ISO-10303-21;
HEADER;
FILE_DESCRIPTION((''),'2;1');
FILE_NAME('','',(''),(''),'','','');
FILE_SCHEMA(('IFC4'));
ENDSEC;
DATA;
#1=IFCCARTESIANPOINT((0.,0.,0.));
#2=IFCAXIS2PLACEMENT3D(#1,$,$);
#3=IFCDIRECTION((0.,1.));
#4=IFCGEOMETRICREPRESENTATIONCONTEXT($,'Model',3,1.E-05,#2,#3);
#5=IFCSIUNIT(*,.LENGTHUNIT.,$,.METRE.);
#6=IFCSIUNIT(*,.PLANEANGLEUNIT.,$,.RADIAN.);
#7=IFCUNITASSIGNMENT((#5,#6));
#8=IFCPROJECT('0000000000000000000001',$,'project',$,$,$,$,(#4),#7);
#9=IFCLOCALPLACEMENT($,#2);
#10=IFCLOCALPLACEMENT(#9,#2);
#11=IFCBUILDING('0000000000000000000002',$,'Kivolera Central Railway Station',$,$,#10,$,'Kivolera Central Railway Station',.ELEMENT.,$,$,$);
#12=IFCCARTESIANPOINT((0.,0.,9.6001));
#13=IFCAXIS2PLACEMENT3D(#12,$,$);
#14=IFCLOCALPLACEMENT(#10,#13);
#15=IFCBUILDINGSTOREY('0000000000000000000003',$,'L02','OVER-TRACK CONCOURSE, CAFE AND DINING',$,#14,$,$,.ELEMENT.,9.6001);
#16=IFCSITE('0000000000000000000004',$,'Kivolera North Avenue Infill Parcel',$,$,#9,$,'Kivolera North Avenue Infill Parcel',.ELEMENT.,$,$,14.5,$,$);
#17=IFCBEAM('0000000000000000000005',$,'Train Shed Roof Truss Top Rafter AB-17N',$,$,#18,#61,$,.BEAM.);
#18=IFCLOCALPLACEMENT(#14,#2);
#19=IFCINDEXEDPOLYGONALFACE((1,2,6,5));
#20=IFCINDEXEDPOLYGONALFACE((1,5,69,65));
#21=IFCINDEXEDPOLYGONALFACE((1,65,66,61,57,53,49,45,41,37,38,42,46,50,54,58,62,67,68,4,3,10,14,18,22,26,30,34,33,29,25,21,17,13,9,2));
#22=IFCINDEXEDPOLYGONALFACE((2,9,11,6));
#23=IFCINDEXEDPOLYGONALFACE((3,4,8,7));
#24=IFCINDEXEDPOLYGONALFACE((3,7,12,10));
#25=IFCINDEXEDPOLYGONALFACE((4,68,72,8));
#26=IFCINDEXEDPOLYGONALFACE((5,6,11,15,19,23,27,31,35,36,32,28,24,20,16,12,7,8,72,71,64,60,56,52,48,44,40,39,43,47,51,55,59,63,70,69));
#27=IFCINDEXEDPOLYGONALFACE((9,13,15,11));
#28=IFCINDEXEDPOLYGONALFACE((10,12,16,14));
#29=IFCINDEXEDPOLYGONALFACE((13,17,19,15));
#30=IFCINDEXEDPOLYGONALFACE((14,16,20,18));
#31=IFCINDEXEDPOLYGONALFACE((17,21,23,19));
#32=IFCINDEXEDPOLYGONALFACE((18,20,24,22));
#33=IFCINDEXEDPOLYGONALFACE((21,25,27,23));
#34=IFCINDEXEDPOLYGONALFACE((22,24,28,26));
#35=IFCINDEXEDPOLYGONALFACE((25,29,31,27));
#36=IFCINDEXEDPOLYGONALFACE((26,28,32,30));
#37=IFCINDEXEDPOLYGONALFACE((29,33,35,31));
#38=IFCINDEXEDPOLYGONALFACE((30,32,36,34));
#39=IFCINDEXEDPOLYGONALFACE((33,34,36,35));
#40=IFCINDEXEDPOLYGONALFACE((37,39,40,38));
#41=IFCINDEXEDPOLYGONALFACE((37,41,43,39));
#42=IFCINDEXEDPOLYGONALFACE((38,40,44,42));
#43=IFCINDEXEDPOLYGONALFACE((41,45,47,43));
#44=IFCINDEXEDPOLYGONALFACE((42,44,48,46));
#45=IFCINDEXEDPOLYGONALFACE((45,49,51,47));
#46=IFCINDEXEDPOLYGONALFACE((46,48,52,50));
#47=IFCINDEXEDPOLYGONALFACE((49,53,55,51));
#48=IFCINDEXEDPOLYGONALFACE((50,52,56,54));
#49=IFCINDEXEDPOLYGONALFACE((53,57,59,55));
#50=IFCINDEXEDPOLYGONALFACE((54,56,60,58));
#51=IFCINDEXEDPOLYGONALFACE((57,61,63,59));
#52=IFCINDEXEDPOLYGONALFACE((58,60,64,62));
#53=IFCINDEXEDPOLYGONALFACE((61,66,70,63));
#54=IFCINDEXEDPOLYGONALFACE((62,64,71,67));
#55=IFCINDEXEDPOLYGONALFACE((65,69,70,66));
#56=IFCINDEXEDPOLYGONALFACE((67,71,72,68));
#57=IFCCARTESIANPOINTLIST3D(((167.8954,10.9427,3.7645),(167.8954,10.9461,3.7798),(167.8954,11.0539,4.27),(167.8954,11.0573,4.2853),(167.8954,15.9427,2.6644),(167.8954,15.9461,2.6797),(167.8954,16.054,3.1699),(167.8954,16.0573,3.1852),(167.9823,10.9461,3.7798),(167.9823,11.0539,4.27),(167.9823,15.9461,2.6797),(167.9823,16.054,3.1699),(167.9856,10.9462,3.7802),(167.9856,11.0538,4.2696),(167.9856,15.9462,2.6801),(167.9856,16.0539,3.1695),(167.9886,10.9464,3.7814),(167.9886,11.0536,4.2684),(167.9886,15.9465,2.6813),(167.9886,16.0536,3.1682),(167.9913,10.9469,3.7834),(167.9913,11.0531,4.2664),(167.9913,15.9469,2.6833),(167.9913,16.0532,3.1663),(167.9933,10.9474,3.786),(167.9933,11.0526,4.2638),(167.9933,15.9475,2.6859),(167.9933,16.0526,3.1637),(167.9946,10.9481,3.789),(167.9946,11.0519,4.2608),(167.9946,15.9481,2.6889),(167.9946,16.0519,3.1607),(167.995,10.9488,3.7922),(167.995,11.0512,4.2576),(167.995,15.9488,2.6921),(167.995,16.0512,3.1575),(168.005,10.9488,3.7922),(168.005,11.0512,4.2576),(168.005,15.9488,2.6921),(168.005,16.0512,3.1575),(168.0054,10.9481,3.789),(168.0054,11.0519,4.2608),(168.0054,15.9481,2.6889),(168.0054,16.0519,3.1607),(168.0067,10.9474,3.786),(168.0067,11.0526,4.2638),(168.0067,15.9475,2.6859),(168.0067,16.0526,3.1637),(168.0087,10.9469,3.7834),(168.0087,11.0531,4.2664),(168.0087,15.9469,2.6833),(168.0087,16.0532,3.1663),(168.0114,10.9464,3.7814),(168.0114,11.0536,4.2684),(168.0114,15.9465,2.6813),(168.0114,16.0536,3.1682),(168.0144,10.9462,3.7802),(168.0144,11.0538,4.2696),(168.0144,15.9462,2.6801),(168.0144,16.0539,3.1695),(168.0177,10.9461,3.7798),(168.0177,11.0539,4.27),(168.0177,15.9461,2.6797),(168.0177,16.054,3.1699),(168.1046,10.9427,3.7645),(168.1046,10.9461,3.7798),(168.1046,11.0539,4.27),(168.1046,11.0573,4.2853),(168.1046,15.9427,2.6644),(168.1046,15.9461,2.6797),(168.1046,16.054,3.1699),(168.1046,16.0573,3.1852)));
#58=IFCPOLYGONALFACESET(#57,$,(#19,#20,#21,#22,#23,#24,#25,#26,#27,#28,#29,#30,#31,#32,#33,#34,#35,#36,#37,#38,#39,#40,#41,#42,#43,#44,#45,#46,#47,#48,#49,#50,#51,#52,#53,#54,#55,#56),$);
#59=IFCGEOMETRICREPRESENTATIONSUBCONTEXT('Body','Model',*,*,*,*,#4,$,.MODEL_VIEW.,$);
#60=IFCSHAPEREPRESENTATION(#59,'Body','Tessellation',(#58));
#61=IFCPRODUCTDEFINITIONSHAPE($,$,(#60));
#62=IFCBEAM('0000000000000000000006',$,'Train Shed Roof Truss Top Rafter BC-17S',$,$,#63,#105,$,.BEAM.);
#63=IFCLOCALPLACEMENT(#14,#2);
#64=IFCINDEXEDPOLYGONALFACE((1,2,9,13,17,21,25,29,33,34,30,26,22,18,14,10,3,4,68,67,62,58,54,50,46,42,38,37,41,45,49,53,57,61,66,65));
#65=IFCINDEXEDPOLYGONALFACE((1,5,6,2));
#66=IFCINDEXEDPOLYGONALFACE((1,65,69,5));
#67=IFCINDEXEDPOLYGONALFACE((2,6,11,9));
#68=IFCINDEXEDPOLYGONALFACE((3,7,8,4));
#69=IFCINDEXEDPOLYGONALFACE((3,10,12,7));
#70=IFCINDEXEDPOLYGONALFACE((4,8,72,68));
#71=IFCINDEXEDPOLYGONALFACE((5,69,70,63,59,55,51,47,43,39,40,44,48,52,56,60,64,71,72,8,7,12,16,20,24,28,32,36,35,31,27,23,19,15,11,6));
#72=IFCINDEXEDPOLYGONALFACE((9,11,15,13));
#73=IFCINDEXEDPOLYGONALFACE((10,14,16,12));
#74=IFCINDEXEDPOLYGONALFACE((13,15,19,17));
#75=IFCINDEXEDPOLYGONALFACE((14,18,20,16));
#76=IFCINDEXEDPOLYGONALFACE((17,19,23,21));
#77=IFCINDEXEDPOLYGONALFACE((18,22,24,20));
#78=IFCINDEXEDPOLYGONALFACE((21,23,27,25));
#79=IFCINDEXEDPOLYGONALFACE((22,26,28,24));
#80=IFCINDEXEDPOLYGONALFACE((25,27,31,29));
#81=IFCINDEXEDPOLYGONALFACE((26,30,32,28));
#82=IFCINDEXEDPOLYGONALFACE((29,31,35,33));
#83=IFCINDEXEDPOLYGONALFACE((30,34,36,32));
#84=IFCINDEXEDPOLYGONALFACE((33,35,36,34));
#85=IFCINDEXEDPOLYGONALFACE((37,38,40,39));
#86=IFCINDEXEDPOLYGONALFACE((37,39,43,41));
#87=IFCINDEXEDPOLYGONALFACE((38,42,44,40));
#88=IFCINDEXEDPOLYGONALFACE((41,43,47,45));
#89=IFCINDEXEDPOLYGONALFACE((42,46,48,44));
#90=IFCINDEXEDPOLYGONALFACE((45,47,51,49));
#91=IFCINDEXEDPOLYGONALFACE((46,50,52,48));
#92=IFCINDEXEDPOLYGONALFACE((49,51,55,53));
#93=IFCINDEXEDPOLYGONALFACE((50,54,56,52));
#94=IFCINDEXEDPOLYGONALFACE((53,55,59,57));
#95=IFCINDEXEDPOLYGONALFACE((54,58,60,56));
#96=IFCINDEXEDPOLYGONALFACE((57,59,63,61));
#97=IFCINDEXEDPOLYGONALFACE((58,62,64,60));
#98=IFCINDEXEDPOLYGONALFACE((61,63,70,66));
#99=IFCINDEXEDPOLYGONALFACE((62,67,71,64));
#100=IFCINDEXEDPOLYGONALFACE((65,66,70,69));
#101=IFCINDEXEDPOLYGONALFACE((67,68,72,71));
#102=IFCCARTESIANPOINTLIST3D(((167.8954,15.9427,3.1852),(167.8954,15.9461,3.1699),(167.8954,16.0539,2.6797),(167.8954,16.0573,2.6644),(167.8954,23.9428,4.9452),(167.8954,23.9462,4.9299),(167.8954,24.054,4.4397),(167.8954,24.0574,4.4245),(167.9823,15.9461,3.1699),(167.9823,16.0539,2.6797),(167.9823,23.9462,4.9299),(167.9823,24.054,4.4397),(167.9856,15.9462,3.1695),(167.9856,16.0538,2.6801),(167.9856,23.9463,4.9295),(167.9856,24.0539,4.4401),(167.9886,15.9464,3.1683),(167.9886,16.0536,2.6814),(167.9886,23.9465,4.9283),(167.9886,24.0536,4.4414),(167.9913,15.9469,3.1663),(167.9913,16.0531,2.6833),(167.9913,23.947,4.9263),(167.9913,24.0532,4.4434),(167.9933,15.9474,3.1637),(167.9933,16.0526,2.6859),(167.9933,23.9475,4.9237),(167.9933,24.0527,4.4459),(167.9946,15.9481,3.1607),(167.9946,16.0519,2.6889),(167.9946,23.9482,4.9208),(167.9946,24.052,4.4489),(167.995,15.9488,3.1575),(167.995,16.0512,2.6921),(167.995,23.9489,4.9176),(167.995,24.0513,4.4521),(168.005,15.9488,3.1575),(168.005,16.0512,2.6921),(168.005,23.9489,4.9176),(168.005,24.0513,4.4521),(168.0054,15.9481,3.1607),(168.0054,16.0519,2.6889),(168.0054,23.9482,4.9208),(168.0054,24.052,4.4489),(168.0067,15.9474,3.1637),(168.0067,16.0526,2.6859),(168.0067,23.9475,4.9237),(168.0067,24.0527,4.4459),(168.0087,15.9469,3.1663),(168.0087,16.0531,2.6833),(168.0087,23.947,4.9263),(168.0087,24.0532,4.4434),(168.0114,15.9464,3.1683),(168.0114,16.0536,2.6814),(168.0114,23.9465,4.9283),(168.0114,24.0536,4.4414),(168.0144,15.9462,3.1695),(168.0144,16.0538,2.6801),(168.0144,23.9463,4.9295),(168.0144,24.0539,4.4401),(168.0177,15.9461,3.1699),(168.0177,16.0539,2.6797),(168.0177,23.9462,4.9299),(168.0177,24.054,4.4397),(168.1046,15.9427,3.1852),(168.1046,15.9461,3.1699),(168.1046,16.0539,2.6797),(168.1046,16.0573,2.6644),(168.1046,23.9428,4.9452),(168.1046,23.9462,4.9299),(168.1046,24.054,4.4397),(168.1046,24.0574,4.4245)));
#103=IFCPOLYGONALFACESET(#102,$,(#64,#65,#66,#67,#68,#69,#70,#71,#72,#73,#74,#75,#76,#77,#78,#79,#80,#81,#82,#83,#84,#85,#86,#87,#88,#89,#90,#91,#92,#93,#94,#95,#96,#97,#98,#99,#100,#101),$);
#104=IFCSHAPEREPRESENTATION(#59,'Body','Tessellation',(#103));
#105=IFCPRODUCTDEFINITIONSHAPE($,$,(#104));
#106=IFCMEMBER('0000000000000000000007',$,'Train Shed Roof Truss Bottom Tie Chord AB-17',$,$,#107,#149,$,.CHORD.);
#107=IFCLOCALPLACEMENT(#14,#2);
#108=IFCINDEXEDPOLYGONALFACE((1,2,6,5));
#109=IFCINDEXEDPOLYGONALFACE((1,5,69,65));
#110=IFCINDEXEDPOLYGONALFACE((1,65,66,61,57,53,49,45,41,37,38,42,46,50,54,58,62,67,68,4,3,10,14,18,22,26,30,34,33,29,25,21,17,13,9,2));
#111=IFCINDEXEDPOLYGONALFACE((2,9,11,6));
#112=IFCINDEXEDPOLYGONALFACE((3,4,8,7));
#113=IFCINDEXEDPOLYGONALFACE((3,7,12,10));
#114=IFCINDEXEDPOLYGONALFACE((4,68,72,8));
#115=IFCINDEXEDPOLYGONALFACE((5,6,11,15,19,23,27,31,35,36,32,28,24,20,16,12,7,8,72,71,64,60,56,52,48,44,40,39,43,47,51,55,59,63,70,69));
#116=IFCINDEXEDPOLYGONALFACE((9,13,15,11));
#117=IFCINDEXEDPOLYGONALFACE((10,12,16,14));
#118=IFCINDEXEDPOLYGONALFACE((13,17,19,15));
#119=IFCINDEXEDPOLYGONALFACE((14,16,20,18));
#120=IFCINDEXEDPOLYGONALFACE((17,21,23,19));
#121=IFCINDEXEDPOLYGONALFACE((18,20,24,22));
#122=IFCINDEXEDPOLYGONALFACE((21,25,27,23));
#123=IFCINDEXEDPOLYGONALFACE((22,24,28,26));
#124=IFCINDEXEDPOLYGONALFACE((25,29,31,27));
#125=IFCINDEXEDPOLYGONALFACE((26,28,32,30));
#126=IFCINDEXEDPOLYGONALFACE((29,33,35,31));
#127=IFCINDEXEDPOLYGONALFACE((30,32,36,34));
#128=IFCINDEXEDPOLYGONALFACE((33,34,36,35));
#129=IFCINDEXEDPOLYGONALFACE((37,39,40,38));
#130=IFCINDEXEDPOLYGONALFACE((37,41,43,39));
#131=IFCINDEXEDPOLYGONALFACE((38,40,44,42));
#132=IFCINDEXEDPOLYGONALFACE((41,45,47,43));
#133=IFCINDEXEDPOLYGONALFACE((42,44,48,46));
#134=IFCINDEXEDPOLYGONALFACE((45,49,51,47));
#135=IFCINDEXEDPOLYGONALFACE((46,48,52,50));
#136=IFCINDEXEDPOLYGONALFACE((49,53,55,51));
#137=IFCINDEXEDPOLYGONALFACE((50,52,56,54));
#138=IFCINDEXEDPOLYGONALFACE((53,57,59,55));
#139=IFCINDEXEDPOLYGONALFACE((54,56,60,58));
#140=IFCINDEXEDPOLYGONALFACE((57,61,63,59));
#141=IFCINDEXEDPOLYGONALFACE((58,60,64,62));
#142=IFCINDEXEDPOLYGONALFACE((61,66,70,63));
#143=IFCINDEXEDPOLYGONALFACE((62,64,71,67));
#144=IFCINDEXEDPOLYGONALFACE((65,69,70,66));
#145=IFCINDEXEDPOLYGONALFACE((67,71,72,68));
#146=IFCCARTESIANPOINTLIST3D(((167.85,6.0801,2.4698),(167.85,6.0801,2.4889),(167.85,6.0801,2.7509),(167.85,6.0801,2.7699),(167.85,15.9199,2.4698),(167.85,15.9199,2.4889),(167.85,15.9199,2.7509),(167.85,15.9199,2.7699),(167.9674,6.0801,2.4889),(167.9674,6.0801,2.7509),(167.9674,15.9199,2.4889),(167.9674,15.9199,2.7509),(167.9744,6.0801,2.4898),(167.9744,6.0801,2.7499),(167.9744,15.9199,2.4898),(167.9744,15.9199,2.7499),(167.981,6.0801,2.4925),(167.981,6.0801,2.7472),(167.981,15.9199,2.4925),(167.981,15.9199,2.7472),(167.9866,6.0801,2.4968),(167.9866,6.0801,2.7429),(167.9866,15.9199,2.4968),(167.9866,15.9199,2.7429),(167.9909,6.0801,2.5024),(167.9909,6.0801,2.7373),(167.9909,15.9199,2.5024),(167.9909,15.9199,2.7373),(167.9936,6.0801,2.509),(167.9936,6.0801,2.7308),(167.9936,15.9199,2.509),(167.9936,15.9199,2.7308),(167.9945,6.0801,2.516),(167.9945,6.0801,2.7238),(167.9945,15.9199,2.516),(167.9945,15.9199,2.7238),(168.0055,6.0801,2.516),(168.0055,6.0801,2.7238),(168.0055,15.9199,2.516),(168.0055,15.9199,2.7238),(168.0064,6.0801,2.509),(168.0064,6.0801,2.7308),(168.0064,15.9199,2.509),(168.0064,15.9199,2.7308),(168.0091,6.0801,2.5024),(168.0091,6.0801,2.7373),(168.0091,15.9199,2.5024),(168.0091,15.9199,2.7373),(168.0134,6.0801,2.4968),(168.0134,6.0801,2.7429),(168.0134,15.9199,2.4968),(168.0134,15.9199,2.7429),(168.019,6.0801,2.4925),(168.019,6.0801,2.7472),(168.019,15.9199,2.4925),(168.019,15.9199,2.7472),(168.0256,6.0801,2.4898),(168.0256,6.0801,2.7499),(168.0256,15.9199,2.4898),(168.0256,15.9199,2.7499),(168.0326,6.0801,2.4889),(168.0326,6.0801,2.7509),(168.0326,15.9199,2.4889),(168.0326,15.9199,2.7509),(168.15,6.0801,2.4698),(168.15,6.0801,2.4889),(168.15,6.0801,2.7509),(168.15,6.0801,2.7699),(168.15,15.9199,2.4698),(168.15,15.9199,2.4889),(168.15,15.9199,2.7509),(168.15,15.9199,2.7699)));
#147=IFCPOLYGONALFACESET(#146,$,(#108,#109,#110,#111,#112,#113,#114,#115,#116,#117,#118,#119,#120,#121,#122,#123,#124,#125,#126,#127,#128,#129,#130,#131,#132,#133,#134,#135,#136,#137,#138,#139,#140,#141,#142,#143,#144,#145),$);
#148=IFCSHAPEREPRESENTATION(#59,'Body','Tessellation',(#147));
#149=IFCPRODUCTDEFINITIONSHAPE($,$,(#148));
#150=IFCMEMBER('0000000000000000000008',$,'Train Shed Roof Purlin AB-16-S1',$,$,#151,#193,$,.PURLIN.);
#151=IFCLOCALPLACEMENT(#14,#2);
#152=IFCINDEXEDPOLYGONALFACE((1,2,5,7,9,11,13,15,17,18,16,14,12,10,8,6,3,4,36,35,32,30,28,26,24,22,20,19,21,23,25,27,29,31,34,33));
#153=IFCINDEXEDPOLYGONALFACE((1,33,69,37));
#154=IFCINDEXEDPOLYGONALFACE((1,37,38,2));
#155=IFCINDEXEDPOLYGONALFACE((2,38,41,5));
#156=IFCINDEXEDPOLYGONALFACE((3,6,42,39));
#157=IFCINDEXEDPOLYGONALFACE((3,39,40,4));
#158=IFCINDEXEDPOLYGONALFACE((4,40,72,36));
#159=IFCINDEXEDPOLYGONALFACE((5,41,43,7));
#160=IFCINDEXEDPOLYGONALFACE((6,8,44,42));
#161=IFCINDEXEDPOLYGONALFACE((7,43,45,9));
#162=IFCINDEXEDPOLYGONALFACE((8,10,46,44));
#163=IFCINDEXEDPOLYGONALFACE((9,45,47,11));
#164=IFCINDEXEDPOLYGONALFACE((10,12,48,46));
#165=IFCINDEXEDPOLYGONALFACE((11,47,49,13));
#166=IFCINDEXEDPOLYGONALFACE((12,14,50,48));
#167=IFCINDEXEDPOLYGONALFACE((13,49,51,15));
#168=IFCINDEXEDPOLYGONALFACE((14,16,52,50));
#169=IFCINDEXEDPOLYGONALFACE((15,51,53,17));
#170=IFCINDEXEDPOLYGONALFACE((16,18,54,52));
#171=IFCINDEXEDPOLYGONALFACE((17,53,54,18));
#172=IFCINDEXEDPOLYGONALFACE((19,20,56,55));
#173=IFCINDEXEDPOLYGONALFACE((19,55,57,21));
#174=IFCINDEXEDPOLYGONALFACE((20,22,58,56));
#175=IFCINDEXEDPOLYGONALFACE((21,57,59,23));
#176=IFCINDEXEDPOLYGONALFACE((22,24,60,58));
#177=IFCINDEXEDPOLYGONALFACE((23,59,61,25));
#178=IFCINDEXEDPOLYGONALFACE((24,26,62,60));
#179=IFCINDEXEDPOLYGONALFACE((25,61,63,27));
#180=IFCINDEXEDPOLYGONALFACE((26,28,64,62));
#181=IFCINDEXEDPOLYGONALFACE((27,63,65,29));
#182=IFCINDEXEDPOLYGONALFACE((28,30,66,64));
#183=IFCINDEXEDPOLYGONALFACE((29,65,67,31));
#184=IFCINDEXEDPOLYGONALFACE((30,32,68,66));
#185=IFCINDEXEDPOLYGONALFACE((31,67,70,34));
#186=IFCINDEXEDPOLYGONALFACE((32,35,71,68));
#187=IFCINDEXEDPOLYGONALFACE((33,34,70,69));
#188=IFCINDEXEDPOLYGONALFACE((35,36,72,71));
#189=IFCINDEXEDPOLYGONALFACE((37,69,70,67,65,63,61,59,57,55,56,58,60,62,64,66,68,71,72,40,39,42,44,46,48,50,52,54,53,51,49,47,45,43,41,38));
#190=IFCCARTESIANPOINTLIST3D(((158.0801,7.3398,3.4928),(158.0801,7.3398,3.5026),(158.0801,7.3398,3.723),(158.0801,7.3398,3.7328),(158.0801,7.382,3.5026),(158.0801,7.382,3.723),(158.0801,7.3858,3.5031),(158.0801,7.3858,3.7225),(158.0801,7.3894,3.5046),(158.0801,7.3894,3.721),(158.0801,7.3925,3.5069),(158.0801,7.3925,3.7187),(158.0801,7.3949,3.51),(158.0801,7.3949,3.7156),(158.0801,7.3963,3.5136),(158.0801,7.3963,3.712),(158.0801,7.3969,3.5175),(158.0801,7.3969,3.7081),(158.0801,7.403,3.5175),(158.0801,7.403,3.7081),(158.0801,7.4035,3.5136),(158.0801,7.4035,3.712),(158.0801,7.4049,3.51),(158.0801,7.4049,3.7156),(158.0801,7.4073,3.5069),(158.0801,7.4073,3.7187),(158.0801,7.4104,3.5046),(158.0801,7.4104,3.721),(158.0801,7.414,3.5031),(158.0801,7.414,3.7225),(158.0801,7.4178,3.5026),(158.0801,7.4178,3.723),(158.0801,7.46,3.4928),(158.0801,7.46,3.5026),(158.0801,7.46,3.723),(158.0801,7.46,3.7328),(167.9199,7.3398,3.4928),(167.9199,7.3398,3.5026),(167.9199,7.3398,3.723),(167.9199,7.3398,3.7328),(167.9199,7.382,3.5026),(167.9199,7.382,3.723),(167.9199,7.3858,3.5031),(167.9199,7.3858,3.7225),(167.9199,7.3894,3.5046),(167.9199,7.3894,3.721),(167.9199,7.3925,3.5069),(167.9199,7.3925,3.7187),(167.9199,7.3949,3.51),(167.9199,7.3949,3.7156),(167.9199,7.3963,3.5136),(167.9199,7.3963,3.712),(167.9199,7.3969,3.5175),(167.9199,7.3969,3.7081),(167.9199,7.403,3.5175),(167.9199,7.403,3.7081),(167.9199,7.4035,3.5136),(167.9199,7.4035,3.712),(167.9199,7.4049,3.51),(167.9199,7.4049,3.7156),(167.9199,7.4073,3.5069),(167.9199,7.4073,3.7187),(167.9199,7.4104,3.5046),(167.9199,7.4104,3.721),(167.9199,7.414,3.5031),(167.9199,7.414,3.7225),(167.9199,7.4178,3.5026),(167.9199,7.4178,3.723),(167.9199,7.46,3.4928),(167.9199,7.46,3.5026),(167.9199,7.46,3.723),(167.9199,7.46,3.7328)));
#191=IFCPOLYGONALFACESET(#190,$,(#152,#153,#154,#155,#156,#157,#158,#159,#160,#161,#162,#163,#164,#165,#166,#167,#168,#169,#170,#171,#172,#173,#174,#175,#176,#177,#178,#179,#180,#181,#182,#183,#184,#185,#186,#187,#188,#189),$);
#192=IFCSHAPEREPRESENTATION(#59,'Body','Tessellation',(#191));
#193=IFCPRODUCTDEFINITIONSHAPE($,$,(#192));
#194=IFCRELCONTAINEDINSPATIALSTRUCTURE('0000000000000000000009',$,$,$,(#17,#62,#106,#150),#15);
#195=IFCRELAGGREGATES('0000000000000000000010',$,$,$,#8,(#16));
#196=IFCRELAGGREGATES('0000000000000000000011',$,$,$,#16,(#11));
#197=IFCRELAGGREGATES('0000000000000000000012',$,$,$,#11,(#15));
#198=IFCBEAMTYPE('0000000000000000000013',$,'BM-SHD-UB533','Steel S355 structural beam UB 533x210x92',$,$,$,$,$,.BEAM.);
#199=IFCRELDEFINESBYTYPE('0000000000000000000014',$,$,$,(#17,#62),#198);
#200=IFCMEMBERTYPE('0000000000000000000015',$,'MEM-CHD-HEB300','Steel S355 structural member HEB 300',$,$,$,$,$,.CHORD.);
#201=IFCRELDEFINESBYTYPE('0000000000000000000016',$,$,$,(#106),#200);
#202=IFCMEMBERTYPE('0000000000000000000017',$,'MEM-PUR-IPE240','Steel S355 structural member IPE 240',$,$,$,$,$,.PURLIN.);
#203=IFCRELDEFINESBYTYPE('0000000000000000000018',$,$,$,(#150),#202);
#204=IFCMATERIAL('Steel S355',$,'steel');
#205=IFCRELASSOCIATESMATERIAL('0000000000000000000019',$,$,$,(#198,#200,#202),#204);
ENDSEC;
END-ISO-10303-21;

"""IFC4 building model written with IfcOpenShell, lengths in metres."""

from ifc_helpers import new_model, si_unit, direction, frame, origin, origin_2d, place, context, subcontext, project, spatial, i_section, extrude, material, material_profile, profile_set, type_object, element, save


model = new_model("IFC4")

# Units and contexts
model_context = context("Model", 3, precision=1e-05, world=origin(), true_north=direction((0.0, 1.0)))
body_context = subcontext(model_context, "Body", "Model", "MODEL_VIEW")
ifc_project = project(units=[si_unit("LENGTHUNIT", "METRE"), si_unit("PLANEANGLEUNIT", "RADIAN")], contexts=[model_context])

# Site, building, storey
site_placement = place(None, origin())
site = spatial("IfcSite", under=ifc_project, at=site_placement, Name="Kivolera North Avenue Infill Parcel", LongName="Kivolera North Avenue Infill Parcel", CompositionType="ELEMENT", RefElevation=14.5)
building_placement = place(site_placement, origin())
building = spatial("IfcBuilding", under=site, at=building_placement, Name="Kivolera Central Railway Station", LongName="Kivolera Central Railway Station", CompositionType="ELEMENT")
storey_placement = place(building_placement, frame((0.0, 0.0, 9.6001)))
storey = spatial("IfcBuildingStorey", under=building, at=storey_placement, Name="L02", Description="OVER-TRACK CONCOURSE, CAFE AND DINING", CompositionType="ELEMENT", Elevation=9.6001)

# Shared definitions
ifc_material_1 = material(Name="Steel S355", Category="steel")

# Beams
ifc_material_profile_1 = material_profile(ifc_material_1, i_section(OverallWidth=0.2092, OverallDepth=0.5332, WebThickness=0.01, FlangeThickness=0.0156, FilletRadius=0.0127, at=origin_2d()), Name="UB 533x210x92")
ifc_profile_set_1 = profile_set([ifc_material_profile_1], Name="Steel S355")
beam_type_1 = type_object("IfcBeamType", Name="BM-SHD-UB533", Description="Steel S355 structural beam UB 533x210x92", PredefinedType="BEAM", material=ifc_profile_set_1)
for number, where, z_axis, x_axis, name in (
    (1, (168.0, 11.0, 4.0249), (0.0, 0.97664, -0.21488), (-1.0, 0.0, 0.0), "Train Shed Roof Truss Top Rafter AB-17N"),
):
    element("IfcBeam", number, at=place(storey_placement, frame(where, z_axis=z_axis, x_axis=x_axis)), inside=storey, type_object=beam_type_1, Name=name, PredefinedType="BEAM", context=body_context, shape_type="SweptSolid", body=[
        extrude(i_section(OverallWidth=0.2092, OverallDepth=0.5332, WebThickness=0.01, FlangeThickness=0.0156, FilletRadius=0.0127, at=origin_2d()), origin(), (0.0, 0.0, 1.0), 5.1196),
    ])
beam_1_placement = place(storey_placement, frame((168.0, 16.0, 2.9248), z_axis=(0.0, 0.976644, 0.214863), x_axis=(-1.0, 0.0, 0.0)))
element("IfcBeam", 2, at=beam_1_placement, inside=storey, type_object=beam_type_1, Name="Train Shed Roof Truss Top Rafter BC-17S", PredefinedType="BEAM", context=body_context, shape_type="SweptSolid", body=[
    extrude(i_section(OverallWidth=0.2092, OverallDepth=0.5332, WebThickness=0.01, FlangeThickness=0.0156, FilletRadius=0.0127, at=origin_2d()), origin(), (0.0, 0.0, 1.0), 8.1914),
])

# Members
ifc_material_profile_2 = material_profile(ifc_material_1, i_section(OverallWidth=0.3, OverallDepth=0.3, WebThickness=0.011, FlangeThickness=0.019, FilletRadius=0.0271, at=origin_2d()), Name="HEB 300")
ifc_profile_set_2 = profile_set([ifc_material_profile_2], Name="Steel S355")
member_type_1 = type_object("IfcMemberType", Name="MEM-CHD-HEB300", Description="Steel S355 structural member HEB 300", PredefinedType="CHORD", material=ifc_profile_set_2)
member_placement = place(storey_placement, frame((168.0, 6.0801, 2.6199), z_axis=(0.0, 1.0, 0.0), x_axis=(-1.0, 0.0, 0.0)))
element("IfcMember", 3, at=member_placement, inside=storey, type_object=member_type_1, Name="Train Shed Roof Truss Bottom Tie Chord AB-17", PredefinedType="CHORD", context=body_context, shape_type="SweptSolid", body=[
    extrude(i_section(OverallWidth=0.3, OverallDepth=0.3, WebThickness=0.011, FlangeThickness=0.019, FilletRadius=0.0271, at=origin_2d()), origin(), (0.0, 0.0, 1.0), 9.8398),
])
ifc_material_profile_3 = material_profile(ifc_material_1, i_section(OverallWidth=0.1201, OverallDepth=0.24, WebThickness=0.0061, FlangeThickness=0.0098, FilletRadius=0.0149, at=origin_2d()), Name="IPE 240")
ifc_profile_set_3 = profile_set([ifc_material_profile_3], Name="Steel S355")
member_type_2 = type_object("IfcMemberType", Name="MEM-PUR-IPE240", Description="Steel S355 structural member IPE 240", PredefinedType="PURLIN", material=ifc_profile_set_3)
for number, where, z_axis, x_axis, name in (
    (4, (158.0801, 7.3999, 3.6128), (1.0, 0.0, 0.0), (0.0, 1.0, 0.0), "Train Shed Roof Purlin AB-16-S1"),
):
    element("IfcMember", number, at=place(storey_placement, frame(where, z_axis=z_axis, x_axis=x_axis)), inside=storey, type_object=member_type_2, Name=name, PredefinedType="PURLIN", context=body_context, shape_type="SweptSolid", body=[
        extrude(i_section(OverallWidth=0.1201, OverallDepth=0.24, WebThickness=0.0061, FlangeThickness=0.0098, FilletRadius=0.0149, at=origin_2d()), origin(), (0.0, 0.0, 1.0), 9.8398),
    ])

save(model, "model.ifc")
